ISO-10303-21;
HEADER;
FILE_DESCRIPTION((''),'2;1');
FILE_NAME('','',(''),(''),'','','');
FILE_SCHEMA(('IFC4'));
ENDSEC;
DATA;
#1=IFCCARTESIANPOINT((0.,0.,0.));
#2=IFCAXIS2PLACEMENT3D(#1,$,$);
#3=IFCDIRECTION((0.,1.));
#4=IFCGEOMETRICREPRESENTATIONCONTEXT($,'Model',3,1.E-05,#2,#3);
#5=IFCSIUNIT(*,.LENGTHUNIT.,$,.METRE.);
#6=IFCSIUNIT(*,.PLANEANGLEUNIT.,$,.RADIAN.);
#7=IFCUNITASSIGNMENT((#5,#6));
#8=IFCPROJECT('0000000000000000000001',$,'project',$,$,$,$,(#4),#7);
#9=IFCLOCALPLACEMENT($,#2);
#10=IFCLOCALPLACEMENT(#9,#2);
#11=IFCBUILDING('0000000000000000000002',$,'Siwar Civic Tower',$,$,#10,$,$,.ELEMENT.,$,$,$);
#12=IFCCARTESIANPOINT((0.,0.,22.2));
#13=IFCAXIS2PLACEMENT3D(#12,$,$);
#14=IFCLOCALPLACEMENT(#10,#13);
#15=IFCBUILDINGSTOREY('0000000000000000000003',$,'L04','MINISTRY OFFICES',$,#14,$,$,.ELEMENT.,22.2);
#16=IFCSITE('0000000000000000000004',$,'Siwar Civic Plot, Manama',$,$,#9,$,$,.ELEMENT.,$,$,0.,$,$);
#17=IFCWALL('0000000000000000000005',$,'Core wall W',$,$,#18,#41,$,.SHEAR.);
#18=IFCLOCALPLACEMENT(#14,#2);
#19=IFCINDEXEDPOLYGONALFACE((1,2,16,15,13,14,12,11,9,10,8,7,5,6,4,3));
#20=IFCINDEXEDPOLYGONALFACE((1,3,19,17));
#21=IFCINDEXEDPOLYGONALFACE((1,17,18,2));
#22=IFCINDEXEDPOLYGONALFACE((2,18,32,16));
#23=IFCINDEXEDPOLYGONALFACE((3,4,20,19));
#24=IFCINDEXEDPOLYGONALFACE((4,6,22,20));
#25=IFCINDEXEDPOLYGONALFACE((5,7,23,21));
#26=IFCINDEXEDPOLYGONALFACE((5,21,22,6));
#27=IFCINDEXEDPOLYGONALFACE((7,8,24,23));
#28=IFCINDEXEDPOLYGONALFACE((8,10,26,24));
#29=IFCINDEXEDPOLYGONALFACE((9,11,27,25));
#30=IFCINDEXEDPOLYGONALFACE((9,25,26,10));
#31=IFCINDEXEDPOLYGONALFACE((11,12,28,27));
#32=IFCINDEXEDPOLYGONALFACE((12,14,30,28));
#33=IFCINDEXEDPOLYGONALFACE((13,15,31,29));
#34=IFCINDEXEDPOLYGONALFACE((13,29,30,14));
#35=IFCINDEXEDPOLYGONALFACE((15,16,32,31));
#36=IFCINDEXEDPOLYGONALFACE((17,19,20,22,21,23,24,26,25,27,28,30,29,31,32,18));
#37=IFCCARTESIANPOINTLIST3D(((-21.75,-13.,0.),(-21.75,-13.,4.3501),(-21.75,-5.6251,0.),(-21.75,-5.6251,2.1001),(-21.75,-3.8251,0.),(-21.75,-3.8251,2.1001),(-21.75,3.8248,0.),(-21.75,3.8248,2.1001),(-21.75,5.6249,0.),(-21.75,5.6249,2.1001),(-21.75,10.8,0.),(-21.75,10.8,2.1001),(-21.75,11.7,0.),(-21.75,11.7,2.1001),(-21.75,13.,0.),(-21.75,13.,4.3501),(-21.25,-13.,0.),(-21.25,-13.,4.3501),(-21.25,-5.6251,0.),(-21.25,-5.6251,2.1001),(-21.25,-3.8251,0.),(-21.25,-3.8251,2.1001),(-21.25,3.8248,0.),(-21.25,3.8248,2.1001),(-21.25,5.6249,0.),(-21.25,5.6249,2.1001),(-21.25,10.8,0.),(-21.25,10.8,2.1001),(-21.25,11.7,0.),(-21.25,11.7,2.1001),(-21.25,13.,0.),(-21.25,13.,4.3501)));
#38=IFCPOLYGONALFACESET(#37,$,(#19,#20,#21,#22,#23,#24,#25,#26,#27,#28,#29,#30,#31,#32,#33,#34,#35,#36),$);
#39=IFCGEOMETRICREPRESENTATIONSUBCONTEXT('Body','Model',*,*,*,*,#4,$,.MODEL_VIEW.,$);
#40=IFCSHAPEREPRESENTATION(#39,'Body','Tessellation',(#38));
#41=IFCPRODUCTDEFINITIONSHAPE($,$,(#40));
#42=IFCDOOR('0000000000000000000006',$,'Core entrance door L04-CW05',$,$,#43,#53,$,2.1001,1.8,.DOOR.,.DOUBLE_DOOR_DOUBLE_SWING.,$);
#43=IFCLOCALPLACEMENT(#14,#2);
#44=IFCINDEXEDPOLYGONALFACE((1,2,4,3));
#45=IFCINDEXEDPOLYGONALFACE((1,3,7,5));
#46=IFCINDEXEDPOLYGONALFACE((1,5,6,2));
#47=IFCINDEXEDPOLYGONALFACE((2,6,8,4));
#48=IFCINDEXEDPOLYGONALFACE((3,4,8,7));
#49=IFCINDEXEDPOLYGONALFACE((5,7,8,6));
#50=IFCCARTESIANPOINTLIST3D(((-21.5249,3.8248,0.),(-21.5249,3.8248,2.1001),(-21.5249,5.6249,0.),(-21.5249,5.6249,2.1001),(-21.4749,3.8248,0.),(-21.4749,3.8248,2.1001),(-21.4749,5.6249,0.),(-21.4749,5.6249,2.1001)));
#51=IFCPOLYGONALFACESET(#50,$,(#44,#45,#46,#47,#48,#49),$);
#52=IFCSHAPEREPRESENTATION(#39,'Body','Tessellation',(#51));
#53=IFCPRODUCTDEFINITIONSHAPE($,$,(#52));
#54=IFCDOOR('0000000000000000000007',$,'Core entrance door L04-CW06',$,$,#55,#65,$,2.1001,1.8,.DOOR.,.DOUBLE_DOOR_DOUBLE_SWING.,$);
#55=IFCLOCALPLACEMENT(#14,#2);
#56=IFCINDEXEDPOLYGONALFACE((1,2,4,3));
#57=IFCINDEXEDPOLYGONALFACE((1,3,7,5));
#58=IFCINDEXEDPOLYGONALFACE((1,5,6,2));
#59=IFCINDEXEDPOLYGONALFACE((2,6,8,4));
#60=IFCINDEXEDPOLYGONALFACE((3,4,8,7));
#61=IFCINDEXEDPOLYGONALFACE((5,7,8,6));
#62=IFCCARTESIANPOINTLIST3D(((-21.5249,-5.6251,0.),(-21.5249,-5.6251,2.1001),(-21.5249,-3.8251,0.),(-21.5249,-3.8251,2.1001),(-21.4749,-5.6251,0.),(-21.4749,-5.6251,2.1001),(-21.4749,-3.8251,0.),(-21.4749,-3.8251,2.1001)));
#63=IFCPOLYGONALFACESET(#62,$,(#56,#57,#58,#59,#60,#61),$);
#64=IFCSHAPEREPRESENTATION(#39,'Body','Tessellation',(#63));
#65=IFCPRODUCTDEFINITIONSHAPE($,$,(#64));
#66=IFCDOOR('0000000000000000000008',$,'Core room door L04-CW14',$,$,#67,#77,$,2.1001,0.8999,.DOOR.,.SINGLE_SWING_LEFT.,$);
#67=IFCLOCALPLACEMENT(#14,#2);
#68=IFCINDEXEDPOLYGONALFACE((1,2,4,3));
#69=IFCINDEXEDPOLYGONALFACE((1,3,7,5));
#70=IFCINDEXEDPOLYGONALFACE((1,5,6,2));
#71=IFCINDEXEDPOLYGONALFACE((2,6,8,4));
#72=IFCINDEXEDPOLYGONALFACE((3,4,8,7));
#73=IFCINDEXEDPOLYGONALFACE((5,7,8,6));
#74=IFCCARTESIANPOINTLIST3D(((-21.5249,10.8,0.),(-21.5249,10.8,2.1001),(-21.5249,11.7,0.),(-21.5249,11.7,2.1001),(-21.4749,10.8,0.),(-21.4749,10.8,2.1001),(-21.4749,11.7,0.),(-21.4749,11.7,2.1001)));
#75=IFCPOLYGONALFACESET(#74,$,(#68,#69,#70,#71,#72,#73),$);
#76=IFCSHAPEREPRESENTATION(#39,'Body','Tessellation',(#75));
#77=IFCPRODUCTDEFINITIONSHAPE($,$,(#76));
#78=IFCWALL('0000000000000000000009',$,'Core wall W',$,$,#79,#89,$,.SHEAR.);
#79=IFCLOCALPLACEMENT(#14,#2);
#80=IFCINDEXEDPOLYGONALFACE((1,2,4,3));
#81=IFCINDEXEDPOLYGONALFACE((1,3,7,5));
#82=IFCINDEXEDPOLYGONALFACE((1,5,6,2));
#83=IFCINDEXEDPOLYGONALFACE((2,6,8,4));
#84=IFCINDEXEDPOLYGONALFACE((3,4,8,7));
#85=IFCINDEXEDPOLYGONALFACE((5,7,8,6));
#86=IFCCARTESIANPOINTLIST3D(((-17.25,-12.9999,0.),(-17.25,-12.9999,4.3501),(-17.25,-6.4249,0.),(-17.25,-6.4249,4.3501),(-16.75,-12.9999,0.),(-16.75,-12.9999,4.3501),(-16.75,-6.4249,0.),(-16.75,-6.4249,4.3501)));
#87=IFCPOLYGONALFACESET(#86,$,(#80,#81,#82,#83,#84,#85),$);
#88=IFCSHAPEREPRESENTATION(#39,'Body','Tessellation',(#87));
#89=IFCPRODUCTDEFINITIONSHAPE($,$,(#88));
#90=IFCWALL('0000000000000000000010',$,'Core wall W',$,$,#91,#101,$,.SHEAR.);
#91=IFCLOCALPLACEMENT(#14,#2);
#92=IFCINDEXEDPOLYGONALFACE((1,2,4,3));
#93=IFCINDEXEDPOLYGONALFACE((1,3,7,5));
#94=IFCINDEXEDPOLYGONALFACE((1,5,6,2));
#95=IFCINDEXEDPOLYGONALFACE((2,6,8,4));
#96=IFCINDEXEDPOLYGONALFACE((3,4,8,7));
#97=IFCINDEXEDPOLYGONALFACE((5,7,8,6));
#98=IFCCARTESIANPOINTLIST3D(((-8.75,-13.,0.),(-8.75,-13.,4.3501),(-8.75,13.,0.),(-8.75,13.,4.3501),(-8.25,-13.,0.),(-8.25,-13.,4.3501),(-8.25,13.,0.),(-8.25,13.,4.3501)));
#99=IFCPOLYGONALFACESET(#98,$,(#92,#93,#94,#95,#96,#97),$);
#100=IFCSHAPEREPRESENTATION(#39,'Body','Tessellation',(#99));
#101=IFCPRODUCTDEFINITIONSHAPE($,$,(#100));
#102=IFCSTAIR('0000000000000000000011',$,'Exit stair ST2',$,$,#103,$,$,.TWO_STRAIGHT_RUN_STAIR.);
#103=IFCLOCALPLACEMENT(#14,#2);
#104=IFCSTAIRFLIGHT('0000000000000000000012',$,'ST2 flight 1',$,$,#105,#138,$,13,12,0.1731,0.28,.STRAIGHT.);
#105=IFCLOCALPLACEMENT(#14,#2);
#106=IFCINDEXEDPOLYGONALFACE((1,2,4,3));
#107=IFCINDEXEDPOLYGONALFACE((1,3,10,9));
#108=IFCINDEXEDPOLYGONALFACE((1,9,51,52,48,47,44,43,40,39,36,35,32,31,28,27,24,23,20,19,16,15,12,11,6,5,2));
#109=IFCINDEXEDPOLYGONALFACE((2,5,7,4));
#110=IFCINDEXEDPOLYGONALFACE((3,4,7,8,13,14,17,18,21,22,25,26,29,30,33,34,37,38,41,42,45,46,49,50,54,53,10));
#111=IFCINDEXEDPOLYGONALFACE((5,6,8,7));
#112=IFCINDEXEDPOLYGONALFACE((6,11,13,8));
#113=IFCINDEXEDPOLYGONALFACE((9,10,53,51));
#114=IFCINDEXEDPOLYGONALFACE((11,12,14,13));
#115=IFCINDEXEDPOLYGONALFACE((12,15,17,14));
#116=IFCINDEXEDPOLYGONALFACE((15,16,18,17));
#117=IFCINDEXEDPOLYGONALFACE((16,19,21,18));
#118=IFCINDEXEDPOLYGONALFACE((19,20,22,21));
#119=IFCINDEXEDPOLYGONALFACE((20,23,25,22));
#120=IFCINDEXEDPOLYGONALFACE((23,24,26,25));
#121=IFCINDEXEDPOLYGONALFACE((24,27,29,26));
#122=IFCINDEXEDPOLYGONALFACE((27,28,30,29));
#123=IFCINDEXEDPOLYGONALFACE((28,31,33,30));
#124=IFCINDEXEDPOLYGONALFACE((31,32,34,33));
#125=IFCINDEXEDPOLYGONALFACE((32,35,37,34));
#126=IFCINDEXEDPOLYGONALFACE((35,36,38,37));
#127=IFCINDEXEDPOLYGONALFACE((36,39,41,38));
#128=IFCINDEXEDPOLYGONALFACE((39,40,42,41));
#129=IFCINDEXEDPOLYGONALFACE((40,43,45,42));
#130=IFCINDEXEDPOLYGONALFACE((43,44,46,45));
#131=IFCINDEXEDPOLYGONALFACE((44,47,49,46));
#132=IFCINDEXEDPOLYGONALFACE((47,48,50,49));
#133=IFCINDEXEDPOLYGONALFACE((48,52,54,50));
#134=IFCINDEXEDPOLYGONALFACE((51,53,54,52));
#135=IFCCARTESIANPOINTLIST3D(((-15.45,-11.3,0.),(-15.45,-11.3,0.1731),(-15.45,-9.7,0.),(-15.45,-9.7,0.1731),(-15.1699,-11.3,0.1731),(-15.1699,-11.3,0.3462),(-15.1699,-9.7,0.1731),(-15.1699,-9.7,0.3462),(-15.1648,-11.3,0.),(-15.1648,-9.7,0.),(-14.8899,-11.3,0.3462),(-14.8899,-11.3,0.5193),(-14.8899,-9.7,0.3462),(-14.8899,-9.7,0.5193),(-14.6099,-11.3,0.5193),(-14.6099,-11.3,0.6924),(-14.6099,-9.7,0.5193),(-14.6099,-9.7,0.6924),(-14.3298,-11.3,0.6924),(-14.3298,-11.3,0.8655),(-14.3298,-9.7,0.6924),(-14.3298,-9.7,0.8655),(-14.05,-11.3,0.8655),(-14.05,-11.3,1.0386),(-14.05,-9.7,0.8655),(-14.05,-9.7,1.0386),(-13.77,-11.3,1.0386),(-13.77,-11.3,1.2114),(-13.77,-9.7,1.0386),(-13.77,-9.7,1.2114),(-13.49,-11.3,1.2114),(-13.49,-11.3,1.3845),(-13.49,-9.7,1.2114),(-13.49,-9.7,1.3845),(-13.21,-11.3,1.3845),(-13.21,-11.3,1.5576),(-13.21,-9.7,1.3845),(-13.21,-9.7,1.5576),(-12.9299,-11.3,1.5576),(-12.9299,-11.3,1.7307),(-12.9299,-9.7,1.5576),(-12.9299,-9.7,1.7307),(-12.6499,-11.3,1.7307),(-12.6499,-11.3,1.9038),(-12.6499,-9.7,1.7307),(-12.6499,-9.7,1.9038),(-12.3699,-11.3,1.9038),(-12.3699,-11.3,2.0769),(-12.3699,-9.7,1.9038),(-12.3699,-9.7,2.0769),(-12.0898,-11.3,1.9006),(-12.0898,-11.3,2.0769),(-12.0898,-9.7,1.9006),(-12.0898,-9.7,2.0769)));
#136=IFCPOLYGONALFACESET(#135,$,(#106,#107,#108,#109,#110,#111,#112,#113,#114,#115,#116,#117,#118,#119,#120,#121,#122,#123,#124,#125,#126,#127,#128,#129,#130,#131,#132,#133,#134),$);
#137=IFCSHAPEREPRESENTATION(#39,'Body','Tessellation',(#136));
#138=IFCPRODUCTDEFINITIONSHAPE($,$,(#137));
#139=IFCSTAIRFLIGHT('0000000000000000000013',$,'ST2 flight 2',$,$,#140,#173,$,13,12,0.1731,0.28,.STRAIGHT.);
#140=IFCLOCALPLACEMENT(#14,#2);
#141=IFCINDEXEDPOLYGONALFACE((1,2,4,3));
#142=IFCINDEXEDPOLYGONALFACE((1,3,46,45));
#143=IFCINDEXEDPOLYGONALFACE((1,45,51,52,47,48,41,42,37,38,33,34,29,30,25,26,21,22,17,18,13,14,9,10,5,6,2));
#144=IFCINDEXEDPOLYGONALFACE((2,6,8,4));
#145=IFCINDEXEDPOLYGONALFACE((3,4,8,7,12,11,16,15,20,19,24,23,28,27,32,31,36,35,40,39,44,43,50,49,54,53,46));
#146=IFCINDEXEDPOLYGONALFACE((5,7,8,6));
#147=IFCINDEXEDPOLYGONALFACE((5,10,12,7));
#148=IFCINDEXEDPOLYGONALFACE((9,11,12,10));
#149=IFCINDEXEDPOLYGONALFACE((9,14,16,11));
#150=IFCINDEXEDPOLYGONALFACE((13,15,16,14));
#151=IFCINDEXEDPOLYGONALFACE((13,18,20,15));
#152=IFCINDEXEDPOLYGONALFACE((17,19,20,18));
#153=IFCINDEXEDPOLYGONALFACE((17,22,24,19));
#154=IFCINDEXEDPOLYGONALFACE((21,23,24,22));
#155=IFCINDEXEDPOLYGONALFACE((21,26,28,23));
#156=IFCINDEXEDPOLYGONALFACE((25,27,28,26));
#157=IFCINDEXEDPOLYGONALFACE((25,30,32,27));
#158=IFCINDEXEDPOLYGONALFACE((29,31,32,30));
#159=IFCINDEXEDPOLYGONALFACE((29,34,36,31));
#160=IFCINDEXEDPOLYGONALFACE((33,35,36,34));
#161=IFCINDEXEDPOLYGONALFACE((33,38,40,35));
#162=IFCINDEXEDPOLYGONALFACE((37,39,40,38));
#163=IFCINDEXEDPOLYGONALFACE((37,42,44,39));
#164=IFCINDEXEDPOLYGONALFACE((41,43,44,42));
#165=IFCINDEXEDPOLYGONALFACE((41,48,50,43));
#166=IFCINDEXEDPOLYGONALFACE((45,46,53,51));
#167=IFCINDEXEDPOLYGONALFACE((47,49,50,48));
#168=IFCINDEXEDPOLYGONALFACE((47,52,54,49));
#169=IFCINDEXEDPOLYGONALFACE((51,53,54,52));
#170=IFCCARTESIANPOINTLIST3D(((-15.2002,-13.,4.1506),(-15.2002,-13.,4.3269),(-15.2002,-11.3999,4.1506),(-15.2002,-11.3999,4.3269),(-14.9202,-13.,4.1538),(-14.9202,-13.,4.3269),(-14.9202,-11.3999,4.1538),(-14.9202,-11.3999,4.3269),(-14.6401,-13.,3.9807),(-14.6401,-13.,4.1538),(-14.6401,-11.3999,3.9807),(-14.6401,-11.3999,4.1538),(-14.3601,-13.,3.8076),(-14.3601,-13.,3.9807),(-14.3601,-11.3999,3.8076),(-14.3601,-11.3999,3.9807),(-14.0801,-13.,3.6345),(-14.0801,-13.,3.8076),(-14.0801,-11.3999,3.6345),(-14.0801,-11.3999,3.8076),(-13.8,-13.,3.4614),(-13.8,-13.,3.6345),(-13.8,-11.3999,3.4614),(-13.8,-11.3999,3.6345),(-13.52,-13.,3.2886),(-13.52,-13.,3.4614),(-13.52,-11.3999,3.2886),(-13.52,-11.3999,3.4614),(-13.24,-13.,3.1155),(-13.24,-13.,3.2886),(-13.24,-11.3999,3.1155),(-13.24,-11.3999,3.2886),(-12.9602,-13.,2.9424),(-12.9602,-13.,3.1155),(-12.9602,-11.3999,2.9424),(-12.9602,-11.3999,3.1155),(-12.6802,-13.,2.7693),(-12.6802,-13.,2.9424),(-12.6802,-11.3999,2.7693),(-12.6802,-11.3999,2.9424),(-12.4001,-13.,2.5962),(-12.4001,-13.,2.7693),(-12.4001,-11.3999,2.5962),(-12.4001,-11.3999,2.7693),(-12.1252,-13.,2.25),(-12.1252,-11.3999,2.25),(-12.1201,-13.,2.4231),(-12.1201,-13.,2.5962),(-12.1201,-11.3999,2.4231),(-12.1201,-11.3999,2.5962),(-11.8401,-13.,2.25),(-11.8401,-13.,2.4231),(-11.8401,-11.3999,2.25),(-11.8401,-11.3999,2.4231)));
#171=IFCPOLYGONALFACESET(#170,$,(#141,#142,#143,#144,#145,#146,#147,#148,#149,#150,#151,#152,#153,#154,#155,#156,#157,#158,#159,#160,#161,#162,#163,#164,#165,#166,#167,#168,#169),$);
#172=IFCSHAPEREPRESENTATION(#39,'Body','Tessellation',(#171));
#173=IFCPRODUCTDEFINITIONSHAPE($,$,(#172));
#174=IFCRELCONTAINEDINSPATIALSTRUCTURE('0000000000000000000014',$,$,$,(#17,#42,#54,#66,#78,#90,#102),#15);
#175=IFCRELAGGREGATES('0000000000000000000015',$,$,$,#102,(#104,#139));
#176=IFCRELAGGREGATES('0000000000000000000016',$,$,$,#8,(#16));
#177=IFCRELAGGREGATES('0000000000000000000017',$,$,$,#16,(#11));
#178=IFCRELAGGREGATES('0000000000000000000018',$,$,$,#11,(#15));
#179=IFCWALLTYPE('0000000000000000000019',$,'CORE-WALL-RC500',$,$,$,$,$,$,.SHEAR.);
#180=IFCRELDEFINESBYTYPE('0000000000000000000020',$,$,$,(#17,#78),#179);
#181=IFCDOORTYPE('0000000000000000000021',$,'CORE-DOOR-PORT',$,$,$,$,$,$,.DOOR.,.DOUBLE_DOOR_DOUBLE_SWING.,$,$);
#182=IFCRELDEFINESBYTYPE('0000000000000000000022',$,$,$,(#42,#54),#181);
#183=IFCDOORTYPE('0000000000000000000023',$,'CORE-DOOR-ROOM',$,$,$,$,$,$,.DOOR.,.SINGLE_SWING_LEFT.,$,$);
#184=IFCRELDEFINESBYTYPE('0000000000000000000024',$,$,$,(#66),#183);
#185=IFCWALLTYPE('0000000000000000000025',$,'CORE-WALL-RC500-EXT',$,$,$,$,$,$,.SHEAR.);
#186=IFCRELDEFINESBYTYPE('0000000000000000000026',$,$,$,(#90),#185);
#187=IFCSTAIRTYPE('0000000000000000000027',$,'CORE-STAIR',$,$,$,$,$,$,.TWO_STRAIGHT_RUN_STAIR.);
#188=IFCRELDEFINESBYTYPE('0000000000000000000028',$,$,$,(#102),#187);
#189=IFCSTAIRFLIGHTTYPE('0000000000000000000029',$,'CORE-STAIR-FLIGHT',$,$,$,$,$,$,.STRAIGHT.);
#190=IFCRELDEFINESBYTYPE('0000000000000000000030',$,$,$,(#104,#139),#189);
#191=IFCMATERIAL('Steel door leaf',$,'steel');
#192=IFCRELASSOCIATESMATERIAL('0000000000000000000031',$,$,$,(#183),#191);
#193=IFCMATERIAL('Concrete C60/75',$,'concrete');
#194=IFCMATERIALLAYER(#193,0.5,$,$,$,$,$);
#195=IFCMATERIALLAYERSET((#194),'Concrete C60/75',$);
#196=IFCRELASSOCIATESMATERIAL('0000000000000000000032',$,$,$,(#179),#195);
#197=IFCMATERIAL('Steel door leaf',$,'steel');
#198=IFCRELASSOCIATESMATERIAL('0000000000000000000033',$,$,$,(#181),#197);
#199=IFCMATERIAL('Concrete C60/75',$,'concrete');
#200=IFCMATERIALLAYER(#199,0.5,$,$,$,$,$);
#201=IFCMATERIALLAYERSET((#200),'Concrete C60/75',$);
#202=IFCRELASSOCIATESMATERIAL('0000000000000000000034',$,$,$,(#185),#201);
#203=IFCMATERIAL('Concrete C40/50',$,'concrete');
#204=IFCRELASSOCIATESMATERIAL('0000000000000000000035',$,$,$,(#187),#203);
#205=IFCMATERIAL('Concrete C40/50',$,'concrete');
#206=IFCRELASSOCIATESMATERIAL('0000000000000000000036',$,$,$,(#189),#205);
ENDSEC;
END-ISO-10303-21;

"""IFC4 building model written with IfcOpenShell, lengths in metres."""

from ifc_helpers import new_model, si_unit, direction, frame, frame_2d, origin, place, context, subcontext, project, spatial, polyline, rectangle, outline, extrude, material, layer, layer_set, type_object, element, fill, aggregate, save


model = new_model("IFC4")

# Units and contexts
model_context = context("Model", 3, precision=1e-05, world=origin(), true_north=direction((0.0, 1.0)))
body_context = subcontext(model_context, "Body", "Model", "MODEL_VIEW")
ifc_project = project(units=[si_unit("LENGTHUNIT", "METRE"), si_unit("PLANEANGLEUNIT", "RADIAN")], contexts=[model_context])

# Site, building, storey
site_placement = place(None, origin())
site = spatial("IfcSite", under=ifc_project, at=site_placement, Name="Siwar Civic Plot, Manama", CompositionType="ELEMENT", RefElevation=0.0)
building_placement = place(site_placement, origin())
building = spatial("IfcBuilding", under=site, at=building_placement, Name="Siwar Civic Tower", CompositionType="ELEMENT")
storey_placement = place(building_placement, frame((0.0, 0.0, 22.2)))
storey = spatial("IfcBuildingStorey", under=building, at=storey_placement, Name="L04", Description="MINISTRY OFFICES", CompositionType="ELEMENT", Elevation=22.2)

# Shared definitions
ifc_material_1 = material(Name="Steel door leaf", Category="steel")
door_type_1 = type_object("IfcDoorType", Name="CORE-DOOR-ROOM", OperationType="SINGLE_SWING_LEFT", PredefinedType="DOOR", material=ifc_material_1)

# Wall, openings, doors
ifc_material_2 = material(Name="Concrete C60/75", Category="concrete")
ifc_layer_1 = layer(ifc_material_2, 0.5)
ifc_layer_set_1 = layer_set([ifc_layer_1], Name="Concrete C60/75")
wall_type_1 = type_object("IfcWallType", Name="CORE-WALL-RC500", PredefinedType="SHEAR", material=ifc_layer_set_1)
wall_1_placement = place(storey_placement, frame((-21.5, -13.0, 0.0), z_axis=(0.0, 0.0, 1.0), x_axis=(0.0, 1.0, 0.0)))
wall_1 = element("IfcWall", 1, at=wall_1_placement, inside=storey, type_object=wall_type_1, Name="Core wall W", PredefinedType="SHEAR", context=body_context, shape_type="SweptSolid", body=[
    extrude(rectangle(XDim=26.0, YDim=0.5, at=frame_2d((13.0, 0.0))), origin(), (0.0, 0.0, 1.0), 4.3501),
])
opening_1_placement = place(wall_1_placement, frame((16.825, 0.0, 0.0)))
opening_1 = element("IfcOpeningElement", 2, at=opening_1_placement, cuts=wall_1, PredefinedType="OPENING", context=body_context, shape_type="SweptSolid", body=[
    extrude(rectangle(XDim=1.8, YDim=2.1001, at=frame_2d((0.8999, 1.05))), frame((0.0, 0.26, 0.0), z_axis=(0.0, -1.0, 0.0), x_axis=(1.0, 0.0, 0.0)), (0.0, 0.0, 1.0), 0.52),
])
opening_2_placement = place(wall_1_placement, frame((7.375, 0.0, 0.0)))
opening_2 = element("IfcOpeningElement", 3, at=opening_2_placement, cuts=wall_1, PredefinedType="OPENING", context=body_context, shape_type="SweptSolid", body=[
    extrude(rectangle(XDim=1.8, YDim=2.1001, at=frame_2d((0.8999, 1.05))), frame((0.0, 0.26, 0.0), z_axis=(0.0, -1.0, 0.0), x_axis=(1.0, 0.0, 0.0)), (0.0, 0.0, 1.0), 0.52),
])
opening_3_placement = place(wall_1_placement, frame((23.8, 0.0, 0.0)))
opening_3 = element("IfcOpeningElement", 4, at=opening_3_placement, cuts=wall_1, PredefinedType="OPENING", context=body_context, shape_type="SweptSolid", body=[
    extrude(rectangle(XDim=0.8999, YDim=2.1001, at=frame_2d((0.45, 1.05))), frame((0.0, 0.26, 0.0), z_axis=(0.0, -1.0, 0.0), x_axis=(1.0, 0.0, 0.0)), (0.0, 0.0, 1.0), 0.52),
])
ifc_material_3 = material(Name="Steel door leaf", Category="steel")
door_type_2 = type_object("IfcDoorType", Name="CORE-DOOR-PORT", OperationType="DOUBLE_DOOR_DOUBLE_SWING", PredefinedType="DOOR", material=ifc_material_3)
door_1_placement = place(opening_1_placement, origin())
door_1 = element("IfcDoor", 5, at=door_1_placement, inside=storey, type_object=door_type_2, Name="Core entrance door L04-CW05", OperationType="DOUBLE_DOOR_DOUBLE_SWING", OverallHeight=2.1001, OverallWidth=1.8, PredefinedType="DOOR", context=body_context, shape_type="SweptSolid", body=[
    extrude(rectangle(XDim=1.8, YDim=2.1001, at=frame_2d((0.8999, 1.05))), frame((0.0, 0.0249, 0.0), z_axis=(0.0, -1.0, 0.0), x_axis=(1.0, 0.0, 0.0)), (0.0, 0.0, 1.0), 0.05),
])
fill(opening_1, door_1)
door_2_placement = place(opening_2_placement, origin())
door_2 = element("IfcDoor", 6, at=door_2_placement, inside=storey, type_object=door_type_2, Name="Core entrance door L04-CW06", OperationType="DOUBLE_DOOR_DOUBLE_SWING", OverallHeight=2.1001, OverallWidth=1.8, PredefinedType="DOOR", context=body_context, shape_type="SweptSolid", body=[
    extrude(rectangle(XDim=1.8, YDim=2.1001, at=frame_2d((0.8999, 1.05))), frame((0.0, 0.0249, 0.0), z_axis=(0.0, -1.0, 0.0), x_axis=(1.0, 0.0, 0.0)), (0.0, 0.0, 1.0), 0.05),
])
fill(opening_2, door_2)
door_3_placement = place(opening_3_placement, origin())
door_3 = element("IfcDoor", 7, at=door_3_placement, inside=storey, type_object=door_type_1, Name="Core room door L04-CW14", OperationType="SINGLE_SWING_LEFT", OverallHeight=2.1001, OverallWidth=0.8999, PredefinedType="DOOR", context=body_context, shape_type="SweptSolid", body=[
    extrude(rectangle(XDim=0.8999, YDim=2.1001, at=frame_2d((0.45, 1.05))), frame((0.0, 0.0249, 0.0), z_axis=(0.0, -1.0, 0.0), x_axis=(1.0, 0.0, 0.0)), (0.0, 0.0, 1.0), 0.05),
])
fill(opening_3, door_3)

# Walls
wall_2_placement = place(storey_placement, frame((-17.0, -13.0, 0.0), z_axis=(0.0, 0.0, 1.0), x_axis=(0.0, 1.0, 0.0)))
element("IfcWall", 8, at=wall_2_placement, inside=storey, type_object=wall_type_1, Name="Core wall W", PredefinedType="SHEAR", context=body_context, shape_type="SweptSolid", body=[
    extrude(rectangle(XDim=6.575, YDim=0.5, at=frame_2d((3.2876, 0.0))), origin(), (0.0, 0.0, 1.0), 4.3501),
])
ifc_material_4 = material(Name="Concrete C60/75", Category="concrete")
ifc_layer_2 = layer(ifc_material_4, 0.5)
ifc_layer_set_2 = layer_set([ifc_layer_2], Name="Concrete C60/75")
wall_type_2 = type_object("IfcWallType", Name="CORE-WALL-RC500-EXT", PredefinedType="SHEAR", material=ifc_layer_set_2)
wall_3_placement = place(storey_placement, frame((-8.5, -13.0, 0.0), z_axis=(0.0, 0.0, 1.0), x_axis=(0.0, 1.0, 0.0)))
element("IfcWall", 9, at=wall_3_placement, inside=storey, type_object=wall_type_2, Name="Core wall W", PredefinedType="SHEAR", context=body_context, shape_type="SweptSolid", body=[
    extrude(rectangle(XDim=26.0, YDim=0.5, at=frame_2d((13.0, 0.0))), origin(), (0.0, 0.0, 1.0), 4.3501),
])

# Stair, stair flights
ifc_material_5 = material(Name="Concrete C40/50", Category="concrete")
stair_type = type_object("IfcStairType", Name="CORE-STAIR", PredefinedType="TWO_STRAIGHT_RUN_STAIR", material=ifc_material_5)
stair_placement = place(storey_placement, origin())
stair = element("IfcStair", 10, at=stair_placement, inside=storey, type_object=stair_type, Name="Exit stair ST2", PredefinedType="TWO_STRAIGHT_RUN_STAIR")
ifc_material_6 = material(Name="Concrete C40/50", Category="concrete")
stair_flight_type = type_object("IfcStairFlightType", Name="CORE-STAIR-FLIGHT", PredefinedType="STRAIGHT", material=ifc_material_6)
stair_flight_1_placement = place(storey_placement, frame((-15.45, -10.5, 0.0), z_axis=(0.0, 0.0, 1.0), x_axis=(1.0, 0.0, 0.0)))
stair_flight_1 = element("IfcStairFlight", 11, at=stair_flight_1_placement, type_object=stair_flight_type, Name="ST2 flight 1", NumberOfRisers=13, NumberOfTreads=12, PredefinedType="STRAIGHT", RiserHeight=0.1731, TreadLength=0.28, context=body_context, shape_type="SweptSolid", body=[
    extrude(outline(polyline([(0.0, 0.0), (0.0, 0.1731), (0.28, 0.1731), (0.28, 0.3462), (0.5601, 0.3462), (0.5601, 0.5193), (0.8401, 0.5193), (0.8401, 0.6924), (1.1201, 0.6924), (1.1201, 0.8655), (1.3999, 0.8655), (1.3999, 1.0386), (1.6799, 1.0386), (1.6799, 1.2114), (1.96, 1.2114), (1.96, 1.3845), (2.24, 1.3845), (2.24, 1.5576), (2.52, 1.5576), (2.52, 1.7307), (2.8, 1.7307), (2.8, 1.9038), (3.0801, 1.9038), (3.0801, 2.0769), (3.3601, 2.0769), (3.3601, 2.25), (3.3601, 1.9006), (0.2852, 0.0), (0.0, 0.0)])), frame((0.0, 0.8, 0.0), z_axis=(0.0, -1.0, 0.0), x_axis=(1.0, 0.0, 0.0)), (0.0, 0.0, 1.0), 1.6001),
])
stair_flight_2_placement = place(storey_placement, frame((-11.8401, -12.2, 2.25), z_axis=(0.0, 0.0, 1.0), x_axis=(-1.0, 0.0, 0.0)))
stair_flight_2 = element("IfcStairFlight", 12, at=stair_flight_2_placement, type_object=stair_flight_type, Name="ST2 flight 2", NumberOfRisers=13, NumberOfTreads=12, PredefinedType="STRAIGHT", RiserHeight=0.1731, TreadLength=0.28, context=body_context, shape_type="SweptSolid", body=[
    extrude(outline(polyline([(0.0, 0.0), (0.0, 0.1731), (0.28, 0.1731), (0.28, 0.3462), (0.5601, 0.3462), (0.5601, 0.5193), (0.8401, 0.5193), (0.8401, 0.6924), (1.1201, 0.6924), (1.1201, 0.8655), (1.3999, 0.8655), (1.3999, 1.0386), (1.6799, 1.0386), (1.6799, 1.2114), (1.96, 1.2114), (1.96, 1.3845), (2.24, 1.3845), (2.24, 1.5576), (2.52, 1.5576), (2.52, 1.7307), (2.8, 1.7307), (2.8, 1.9038), (3.0801, 1.9038), (3.0801, 2.0769), (3.3601, 2.0769), (3.3601, 2.25), (3.3601, 1.9006), (0.2852, 0.0), (0.0, 0.0)])), frame((0.0, 0.8, 0.0), z_axis=(0.0, -1.0, 0.0), x_axis=(1.0, 0.0, 0.0)), (0.0, 0.0, 1.0), 1.6001),
])
aggregate(stair, [stair_flight_1, stair_flight_2])

save(model, "model.ifc")
